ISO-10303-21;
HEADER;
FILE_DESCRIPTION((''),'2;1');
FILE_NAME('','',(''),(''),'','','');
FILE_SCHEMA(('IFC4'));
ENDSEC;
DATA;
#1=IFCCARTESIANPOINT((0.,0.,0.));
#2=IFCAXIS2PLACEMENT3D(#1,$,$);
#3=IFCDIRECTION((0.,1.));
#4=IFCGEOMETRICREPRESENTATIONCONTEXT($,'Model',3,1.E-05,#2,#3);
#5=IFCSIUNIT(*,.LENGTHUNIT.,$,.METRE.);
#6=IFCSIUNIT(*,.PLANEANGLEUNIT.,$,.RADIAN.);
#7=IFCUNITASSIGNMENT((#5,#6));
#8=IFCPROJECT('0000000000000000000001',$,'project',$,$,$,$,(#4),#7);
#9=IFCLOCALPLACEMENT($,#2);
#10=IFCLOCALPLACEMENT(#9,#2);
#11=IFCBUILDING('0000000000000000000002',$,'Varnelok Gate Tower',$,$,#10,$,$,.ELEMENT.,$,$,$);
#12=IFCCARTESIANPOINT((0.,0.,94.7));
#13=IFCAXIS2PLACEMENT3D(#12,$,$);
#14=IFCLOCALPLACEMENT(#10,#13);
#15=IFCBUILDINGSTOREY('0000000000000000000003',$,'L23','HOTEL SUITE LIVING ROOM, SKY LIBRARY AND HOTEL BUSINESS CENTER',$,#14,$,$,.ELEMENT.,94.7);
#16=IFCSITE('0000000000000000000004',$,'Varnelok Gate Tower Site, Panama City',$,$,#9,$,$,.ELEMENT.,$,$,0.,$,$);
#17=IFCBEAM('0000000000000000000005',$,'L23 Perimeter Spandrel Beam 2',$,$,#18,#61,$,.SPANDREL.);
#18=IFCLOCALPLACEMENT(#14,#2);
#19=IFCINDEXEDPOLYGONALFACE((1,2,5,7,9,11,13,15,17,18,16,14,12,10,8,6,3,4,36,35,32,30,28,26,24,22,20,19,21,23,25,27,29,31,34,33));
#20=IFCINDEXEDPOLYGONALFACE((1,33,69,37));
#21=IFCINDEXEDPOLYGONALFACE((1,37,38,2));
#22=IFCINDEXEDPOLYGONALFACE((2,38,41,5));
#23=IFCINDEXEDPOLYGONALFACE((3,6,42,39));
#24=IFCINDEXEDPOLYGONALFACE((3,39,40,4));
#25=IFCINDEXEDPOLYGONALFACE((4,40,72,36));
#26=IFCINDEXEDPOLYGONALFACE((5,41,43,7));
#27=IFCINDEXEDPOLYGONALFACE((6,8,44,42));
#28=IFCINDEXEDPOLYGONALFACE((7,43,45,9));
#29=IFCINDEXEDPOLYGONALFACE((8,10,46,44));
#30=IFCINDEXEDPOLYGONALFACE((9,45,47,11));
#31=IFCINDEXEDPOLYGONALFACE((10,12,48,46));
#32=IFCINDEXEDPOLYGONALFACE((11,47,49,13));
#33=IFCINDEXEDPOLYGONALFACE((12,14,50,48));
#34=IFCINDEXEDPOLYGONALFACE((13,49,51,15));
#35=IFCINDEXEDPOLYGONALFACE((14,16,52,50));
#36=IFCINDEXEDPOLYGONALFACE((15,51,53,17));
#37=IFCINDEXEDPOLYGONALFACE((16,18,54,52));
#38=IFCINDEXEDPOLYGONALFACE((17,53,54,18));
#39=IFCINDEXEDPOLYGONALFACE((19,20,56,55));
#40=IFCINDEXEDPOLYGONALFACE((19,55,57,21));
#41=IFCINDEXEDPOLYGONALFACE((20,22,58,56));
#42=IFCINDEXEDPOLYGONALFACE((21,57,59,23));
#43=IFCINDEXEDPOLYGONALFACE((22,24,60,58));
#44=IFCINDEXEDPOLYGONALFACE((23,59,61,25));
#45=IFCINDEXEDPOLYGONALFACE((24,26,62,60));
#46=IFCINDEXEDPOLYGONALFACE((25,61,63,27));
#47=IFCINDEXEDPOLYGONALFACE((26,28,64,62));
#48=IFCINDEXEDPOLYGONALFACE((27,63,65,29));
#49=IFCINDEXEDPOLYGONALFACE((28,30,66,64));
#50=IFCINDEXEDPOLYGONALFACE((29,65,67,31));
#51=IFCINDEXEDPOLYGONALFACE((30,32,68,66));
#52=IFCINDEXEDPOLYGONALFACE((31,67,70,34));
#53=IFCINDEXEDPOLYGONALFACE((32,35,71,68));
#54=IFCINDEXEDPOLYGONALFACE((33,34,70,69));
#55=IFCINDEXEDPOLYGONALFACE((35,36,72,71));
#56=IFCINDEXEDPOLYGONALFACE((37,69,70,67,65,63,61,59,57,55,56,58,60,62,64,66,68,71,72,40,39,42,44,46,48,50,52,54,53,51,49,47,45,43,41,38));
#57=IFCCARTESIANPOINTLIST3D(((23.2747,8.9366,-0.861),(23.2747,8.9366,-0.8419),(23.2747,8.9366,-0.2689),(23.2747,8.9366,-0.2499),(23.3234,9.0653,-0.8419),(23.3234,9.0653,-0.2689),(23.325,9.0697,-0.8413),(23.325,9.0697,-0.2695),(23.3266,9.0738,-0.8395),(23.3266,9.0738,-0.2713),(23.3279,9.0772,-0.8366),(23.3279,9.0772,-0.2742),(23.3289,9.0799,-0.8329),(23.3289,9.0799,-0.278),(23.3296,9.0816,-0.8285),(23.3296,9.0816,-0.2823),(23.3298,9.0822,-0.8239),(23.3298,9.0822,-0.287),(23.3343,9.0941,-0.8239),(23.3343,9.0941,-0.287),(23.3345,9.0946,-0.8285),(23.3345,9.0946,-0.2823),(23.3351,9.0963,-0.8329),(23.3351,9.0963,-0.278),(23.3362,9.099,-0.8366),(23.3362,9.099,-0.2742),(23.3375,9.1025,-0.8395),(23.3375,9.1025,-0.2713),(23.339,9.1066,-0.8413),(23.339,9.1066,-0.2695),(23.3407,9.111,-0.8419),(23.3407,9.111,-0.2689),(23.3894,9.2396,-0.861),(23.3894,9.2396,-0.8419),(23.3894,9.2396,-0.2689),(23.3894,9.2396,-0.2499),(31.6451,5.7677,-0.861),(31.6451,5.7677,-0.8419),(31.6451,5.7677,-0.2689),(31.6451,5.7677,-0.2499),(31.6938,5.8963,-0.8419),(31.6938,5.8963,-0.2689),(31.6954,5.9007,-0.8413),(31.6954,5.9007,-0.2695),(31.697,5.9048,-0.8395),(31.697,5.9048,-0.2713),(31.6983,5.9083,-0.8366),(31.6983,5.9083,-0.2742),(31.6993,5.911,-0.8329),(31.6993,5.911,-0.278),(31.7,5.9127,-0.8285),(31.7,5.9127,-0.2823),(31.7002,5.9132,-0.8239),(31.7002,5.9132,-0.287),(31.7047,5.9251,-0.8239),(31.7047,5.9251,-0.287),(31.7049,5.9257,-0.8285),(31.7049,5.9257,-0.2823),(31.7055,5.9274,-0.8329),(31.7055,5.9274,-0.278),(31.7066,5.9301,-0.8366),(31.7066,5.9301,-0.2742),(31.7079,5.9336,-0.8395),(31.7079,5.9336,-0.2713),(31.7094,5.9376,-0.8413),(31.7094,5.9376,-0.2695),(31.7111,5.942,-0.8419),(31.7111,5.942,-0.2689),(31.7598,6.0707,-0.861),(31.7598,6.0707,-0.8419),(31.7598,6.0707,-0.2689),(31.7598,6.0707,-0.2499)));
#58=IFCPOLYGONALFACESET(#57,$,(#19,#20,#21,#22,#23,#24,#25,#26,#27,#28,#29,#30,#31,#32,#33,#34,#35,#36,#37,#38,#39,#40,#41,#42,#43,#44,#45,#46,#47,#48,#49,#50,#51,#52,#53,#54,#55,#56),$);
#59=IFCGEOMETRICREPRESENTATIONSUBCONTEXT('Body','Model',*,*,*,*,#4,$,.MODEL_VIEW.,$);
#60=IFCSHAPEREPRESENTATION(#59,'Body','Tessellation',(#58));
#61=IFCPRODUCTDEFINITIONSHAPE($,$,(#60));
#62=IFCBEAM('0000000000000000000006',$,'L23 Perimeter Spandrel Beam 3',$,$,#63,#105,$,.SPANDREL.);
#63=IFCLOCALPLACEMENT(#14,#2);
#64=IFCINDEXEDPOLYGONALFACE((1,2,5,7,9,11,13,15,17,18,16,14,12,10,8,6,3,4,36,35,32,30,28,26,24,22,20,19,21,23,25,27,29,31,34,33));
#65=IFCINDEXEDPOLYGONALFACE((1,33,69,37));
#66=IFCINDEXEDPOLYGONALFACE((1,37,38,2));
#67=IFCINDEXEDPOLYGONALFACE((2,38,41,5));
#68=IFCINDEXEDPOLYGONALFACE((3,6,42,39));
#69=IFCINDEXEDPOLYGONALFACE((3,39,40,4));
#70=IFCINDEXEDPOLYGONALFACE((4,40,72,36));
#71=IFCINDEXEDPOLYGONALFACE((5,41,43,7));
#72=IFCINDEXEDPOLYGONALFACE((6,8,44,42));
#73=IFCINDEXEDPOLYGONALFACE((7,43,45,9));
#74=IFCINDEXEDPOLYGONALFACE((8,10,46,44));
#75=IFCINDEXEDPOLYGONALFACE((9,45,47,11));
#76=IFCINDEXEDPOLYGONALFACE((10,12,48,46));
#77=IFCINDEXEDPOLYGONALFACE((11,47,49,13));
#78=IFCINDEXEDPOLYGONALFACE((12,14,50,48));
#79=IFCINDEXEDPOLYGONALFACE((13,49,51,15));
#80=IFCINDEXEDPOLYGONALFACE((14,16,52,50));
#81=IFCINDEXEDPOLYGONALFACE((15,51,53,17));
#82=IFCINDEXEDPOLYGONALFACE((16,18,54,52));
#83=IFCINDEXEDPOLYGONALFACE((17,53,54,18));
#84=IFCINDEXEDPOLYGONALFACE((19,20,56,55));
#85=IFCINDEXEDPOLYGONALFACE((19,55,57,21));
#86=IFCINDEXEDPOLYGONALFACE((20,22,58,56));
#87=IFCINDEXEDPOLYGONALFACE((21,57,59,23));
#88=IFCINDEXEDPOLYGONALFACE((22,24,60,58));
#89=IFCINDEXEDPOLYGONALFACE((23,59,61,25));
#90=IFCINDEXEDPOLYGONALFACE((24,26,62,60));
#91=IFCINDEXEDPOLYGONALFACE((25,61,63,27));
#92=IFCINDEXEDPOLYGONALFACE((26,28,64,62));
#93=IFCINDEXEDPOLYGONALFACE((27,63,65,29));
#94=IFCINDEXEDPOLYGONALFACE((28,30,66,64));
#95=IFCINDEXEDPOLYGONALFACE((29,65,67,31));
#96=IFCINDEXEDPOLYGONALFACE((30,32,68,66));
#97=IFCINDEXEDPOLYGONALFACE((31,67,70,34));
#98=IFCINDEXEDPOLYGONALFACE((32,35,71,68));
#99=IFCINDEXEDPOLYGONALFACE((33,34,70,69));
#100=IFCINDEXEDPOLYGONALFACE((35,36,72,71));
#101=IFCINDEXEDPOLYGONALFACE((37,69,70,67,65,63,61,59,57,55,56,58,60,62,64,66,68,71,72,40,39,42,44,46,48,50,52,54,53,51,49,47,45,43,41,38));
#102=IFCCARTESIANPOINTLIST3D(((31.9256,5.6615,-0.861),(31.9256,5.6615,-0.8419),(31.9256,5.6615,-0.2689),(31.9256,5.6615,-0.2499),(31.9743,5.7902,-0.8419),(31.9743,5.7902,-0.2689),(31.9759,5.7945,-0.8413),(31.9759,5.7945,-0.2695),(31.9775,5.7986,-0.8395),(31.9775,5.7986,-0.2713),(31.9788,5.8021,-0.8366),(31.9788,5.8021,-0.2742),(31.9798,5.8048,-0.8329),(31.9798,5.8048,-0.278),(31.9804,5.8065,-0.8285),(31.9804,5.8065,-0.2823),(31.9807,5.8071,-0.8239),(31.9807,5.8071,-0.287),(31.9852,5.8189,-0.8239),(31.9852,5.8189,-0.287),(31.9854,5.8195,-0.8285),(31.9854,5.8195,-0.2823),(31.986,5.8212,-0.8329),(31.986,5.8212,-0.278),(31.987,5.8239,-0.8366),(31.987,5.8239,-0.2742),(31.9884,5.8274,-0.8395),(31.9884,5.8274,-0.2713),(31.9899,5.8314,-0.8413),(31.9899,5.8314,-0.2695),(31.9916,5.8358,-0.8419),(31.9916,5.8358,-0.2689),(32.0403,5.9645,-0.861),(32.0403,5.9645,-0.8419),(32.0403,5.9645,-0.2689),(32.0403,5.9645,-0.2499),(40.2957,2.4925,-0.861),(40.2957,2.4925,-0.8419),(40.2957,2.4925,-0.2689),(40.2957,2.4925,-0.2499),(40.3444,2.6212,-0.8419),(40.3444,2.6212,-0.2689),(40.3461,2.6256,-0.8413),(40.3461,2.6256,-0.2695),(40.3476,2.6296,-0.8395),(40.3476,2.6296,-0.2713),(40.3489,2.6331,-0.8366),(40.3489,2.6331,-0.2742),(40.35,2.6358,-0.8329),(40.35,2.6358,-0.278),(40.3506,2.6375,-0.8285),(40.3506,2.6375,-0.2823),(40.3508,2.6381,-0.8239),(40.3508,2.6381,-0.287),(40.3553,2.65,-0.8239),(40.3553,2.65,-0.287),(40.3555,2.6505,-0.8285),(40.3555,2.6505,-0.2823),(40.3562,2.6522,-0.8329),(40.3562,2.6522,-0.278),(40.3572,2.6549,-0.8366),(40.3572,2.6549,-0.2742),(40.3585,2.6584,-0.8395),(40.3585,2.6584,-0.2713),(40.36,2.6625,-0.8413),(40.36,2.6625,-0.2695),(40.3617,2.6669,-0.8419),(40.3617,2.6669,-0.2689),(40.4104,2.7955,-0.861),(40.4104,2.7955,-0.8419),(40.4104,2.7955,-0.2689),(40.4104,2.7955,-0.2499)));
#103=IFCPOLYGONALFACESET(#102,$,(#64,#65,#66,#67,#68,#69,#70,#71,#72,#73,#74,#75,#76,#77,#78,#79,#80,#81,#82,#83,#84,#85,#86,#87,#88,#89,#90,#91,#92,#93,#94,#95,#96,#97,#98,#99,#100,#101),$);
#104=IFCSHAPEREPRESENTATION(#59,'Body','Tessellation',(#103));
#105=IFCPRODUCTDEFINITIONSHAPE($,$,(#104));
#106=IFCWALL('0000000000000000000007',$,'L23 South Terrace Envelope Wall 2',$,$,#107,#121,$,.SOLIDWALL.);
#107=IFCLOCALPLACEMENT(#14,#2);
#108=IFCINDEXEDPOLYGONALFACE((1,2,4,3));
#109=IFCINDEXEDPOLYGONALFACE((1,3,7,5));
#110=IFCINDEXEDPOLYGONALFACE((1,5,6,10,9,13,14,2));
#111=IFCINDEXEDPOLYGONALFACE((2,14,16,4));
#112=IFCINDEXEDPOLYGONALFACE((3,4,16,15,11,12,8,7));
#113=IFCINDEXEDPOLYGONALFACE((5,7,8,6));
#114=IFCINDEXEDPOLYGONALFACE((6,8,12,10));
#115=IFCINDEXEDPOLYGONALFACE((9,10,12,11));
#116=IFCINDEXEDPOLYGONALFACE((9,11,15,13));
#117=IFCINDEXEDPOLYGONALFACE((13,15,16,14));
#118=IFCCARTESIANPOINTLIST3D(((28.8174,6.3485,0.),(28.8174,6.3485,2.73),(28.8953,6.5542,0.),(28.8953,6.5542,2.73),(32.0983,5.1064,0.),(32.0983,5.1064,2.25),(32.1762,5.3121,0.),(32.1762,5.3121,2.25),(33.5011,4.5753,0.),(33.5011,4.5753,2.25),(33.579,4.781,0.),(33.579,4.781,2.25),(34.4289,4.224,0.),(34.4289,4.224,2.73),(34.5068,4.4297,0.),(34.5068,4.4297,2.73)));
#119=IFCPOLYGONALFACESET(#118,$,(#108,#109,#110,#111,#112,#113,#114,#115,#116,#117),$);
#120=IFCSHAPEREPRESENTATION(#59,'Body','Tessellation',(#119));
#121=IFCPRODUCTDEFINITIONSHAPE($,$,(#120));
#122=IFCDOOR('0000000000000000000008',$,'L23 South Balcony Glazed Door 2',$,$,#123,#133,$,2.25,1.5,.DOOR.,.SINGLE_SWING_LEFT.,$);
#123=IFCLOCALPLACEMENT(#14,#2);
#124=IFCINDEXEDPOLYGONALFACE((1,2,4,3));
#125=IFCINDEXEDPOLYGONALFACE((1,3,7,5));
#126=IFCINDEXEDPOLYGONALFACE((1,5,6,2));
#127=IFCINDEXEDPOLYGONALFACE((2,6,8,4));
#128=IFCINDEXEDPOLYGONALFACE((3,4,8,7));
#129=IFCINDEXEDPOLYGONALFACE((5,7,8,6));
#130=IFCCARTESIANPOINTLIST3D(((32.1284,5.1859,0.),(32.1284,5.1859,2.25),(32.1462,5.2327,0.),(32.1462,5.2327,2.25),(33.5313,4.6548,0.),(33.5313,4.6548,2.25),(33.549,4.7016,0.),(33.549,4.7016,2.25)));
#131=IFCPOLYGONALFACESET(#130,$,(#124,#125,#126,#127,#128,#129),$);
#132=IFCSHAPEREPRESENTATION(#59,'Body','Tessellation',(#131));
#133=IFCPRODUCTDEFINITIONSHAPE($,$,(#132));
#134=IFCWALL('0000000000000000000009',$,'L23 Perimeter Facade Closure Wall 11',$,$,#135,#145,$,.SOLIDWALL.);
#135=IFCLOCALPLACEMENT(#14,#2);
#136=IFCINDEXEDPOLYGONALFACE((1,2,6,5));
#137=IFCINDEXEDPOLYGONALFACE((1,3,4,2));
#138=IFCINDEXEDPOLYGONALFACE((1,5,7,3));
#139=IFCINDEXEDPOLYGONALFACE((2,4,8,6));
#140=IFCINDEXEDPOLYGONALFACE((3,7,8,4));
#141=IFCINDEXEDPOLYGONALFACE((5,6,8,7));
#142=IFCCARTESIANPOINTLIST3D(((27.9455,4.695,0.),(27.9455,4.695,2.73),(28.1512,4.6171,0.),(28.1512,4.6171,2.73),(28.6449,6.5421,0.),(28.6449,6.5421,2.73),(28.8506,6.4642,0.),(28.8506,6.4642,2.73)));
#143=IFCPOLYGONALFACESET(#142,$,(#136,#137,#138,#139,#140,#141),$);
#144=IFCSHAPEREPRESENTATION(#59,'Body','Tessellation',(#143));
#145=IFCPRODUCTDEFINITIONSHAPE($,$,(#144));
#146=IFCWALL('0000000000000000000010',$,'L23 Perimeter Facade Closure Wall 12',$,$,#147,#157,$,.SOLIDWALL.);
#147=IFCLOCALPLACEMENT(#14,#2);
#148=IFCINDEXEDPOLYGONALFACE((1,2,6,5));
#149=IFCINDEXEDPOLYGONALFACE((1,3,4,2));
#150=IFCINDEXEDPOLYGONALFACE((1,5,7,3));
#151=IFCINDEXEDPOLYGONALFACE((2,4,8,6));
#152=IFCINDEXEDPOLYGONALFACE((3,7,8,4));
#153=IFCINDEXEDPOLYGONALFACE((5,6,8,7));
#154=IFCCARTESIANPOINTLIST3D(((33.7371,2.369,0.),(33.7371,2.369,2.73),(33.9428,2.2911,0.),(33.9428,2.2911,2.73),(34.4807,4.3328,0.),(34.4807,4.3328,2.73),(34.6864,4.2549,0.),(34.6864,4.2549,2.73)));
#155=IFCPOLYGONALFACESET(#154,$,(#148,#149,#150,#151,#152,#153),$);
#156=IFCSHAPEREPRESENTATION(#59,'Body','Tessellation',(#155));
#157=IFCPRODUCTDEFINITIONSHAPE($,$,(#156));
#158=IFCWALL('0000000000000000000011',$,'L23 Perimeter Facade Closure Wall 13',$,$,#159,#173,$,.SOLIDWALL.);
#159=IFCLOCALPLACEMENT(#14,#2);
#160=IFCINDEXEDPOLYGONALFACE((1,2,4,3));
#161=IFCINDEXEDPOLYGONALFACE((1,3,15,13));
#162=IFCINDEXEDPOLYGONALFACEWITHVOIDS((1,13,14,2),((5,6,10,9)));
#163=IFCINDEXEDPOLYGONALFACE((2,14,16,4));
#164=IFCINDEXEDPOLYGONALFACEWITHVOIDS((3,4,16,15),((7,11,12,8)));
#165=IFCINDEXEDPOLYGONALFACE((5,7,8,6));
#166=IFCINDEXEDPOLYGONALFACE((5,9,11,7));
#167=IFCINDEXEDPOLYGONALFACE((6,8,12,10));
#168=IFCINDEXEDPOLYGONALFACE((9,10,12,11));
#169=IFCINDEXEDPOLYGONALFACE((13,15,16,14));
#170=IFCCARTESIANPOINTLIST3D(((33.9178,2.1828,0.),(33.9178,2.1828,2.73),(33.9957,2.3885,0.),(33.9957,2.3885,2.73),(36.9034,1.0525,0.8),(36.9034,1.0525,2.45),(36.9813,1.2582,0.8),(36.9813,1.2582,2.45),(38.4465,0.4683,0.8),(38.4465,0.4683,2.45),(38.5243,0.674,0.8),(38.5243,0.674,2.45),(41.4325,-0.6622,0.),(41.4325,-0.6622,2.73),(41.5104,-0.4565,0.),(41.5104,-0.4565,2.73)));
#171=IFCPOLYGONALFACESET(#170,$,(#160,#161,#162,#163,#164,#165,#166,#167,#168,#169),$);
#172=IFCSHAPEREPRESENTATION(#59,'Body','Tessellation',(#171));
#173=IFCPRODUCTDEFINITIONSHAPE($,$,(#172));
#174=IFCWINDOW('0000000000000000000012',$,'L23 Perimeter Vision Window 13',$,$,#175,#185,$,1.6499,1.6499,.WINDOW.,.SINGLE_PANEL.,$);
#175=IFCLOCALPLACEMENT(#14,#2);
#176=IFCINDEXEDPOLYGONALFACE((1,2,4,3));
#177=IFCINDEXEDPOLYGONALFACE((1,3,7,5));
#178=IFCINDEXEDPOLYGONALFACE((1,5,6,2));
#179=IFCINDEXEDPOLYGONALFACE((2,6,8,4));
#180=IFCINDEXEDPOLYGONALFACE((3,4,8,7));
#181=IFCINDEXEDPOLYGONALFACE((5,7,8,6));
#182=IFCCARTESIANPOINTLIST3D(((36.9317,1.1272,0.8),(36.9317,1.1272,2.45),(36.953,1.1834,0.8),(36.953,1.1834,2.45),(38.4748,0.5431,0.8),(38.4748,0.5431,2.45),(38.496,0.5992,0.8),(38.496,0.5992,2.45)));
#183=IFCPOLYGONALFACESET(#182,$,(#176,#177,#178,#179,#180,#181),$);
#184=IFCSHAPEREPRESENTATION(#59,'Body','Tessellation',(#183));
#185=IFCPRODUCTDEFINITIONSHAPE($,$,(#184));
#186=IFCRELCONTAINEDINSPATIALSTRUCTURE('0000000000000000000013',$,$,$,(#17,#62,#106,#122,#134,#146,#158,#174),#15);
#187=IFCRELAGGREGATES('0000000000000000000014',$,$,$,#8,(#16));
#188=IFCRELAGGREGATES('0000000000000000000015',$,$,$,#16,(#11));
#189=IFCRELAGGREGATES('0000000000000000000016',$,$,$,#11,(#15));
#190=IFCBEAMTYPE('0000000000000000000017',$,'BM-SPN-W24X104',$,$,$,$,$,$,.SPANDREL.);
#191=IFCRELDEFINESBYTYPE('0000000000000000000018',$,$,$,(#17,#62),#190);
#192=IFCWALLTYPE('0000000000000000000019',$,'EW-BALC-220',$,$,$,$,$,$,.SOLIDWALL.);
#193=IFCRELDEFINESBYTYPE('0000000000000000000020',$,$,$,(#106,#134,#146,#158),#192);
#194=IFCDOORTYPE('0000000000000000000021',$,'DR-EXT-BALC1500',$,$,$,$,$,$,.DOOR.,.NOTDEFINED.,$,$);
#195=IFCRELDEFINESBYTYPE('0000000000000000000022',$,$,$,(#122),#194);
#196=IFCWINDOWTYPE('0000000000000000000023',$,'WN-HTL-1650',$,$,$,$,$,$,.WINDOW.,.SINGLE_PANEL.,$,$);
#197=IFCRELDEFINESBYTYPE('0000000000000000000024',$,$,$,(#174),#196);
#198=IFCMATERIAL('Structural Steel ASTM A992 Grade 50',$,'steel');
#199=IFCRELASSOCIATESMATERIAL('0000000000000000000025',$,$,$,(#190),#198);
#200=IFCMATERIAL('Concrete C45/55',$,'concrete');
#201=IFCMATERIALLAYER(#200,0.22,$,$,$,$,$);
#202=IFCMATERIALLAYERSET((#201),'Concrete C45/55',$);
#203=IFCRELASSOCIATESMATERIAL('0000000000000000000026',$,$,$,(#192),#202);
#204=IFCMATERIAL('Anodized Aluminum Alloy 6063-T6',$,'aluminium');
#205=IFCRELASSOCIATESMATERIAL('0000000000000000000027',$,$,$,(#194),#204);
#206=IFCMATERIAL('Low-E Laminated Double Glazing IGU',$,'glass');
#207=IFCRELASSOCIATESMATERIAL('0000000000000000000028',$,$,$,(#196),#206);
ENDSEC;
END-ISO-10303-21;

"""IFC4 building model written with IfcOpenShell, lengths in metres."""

from ifc_helpers import new_model, si_unit, direction, frame, frame_2d, origin, origin_2d, place, context, subcontext, project, spatial, rectangle, i_section, extrude, material, layer, layer_set, material_profile, profile_set, type_object, element, fill, save


model = new_model("IFC4")

# Units and contexts
model_context = context("Model", 3, precision=1e-05, world=origin(), true_north=direction((0.0, 1.0)))
body_context = subcontext(model_context, "Body", "Model", "MODEL_VIEW")
ifc_project = project(units=[si_unit("LENGTHUNIT", "METRE"), si_unit("PLANEANGLEUNIT", "RADIAN")], contexts=[model_context])

# Site, building, storey
site_placement = place(None, origin())
site = spatial("IfcSite", under=ifc_project, at=site_placement, Name="Varnelok Gate Tower Site, Panama City", CompositionType="ELEMENT", RefElevation=0.0)
building_placement = place(site_placement, origin())
building = spatial("IfcBuilding", under=site, at=building_placement, Name="Varnelok Gate Tower", CompositionType="ELEMENT")
storey_placement = place(building_placement, frame((0.0, 0.0, 94.7)))
storey = spatial("IfcBuildingStorey", under=building, at=storey_placement, Name="L23", Description="HOTEL SUITE LIVING ROOM, SKY LIBRARY AND HOTEL BUSINESS CENTER", CompositionType="ELEMENT", Elevation=94.7)

# Shared definitions
ifc_material_1 = material(Name="Structural Steel ASTM A992 Grade 50", Category="steel")

# Beams
ifc_material_profile_1 = material_profile(ifc_material_1, i_section(OverallWidth=0.324, OverallDepth=0.6111, WebThickness=0.0127, FlangeThickness=0.019, FilletRadius=0.0181, at=origin_2d()), Name="W24X104")
ifc_profile_set_1 = profile_set([ifc_material_profile_1], Name="Structural Steel ASTM A992 Grade 50")
beam_type_1 = type_object("IfcBeamType", Name="BM-SPN-W24X104", PredefinedType="SPANDREL", material=ifc_profile_set_1)
beam_1_placement = place(storey_placement, frame((23.332, 9.0881, -0.5554), z_axis=(0.93522, -0.354066, 0.0), x_axis=(0.354066, 0.93522, 0.0)))
element("IfcBeam", 1, at=beam_1_placement, inside=storey, type_object=beam_type_1, Name="L23 Perimeter Spandrel Beam 2", PredefinedType="SPANDREL", context=body_context, shape_type="SweptSolid", body=[
    extrude(i_section(OverallWidth=0.324, OverallDepth=0.6111, WebThickness=0.0127, FlangeThickness=0.019, FilletRadius=0.0181, at=origin_2d()), origin(), (0.0, 0.0, 1.0), 8.9502),
])
beam_2_placement = place(storey_placement, frame((31.9829, 5.813, -0.5554), z_axis=(0.935217, -0.354075, 0.0), x_axis=(0.354075, 0.935217, 0.0)))
element("IfcBeam", 2, at=beam_2_placement, inside=storey, type_object=beam_type_1, Name="L23 Perimeter Spandrel Beam 3", PredefinedType="SPANDREL", context=body_context, shape_type="SweptSolid", body=[
    extrude(i_section(OverallWidth=0.324, OverallDepth=0.6111, WebThickness=0.0127, FlangeThickness=0.019, FilletRadius=0.0181, at=origin_2d()), origin(), (0.0, 0.0, 1.0), 8.95),
])

# Wall, opening, door
ifc_material_2 = material(Name="Concrete C45/55", Category="concrete")
ifc_layer_1 = layer(ifc_material_2, 0.22)
ifc_layer_set_1 = layer_set([ifc_layer_1], Name="Concrete C45/55")
wall_type_1 = type_object("IfcWallType", Name="EW-BALC-220", PredefinedType="SOLIDWALL", material=ifc_layer_set_1)
wall_1_placement = place(storey_placement, frame((34.4678, 4.3269, 0.0), z_axis=(0.0, 0.0, 1.0), x_axis=(-0.935219, 0.354069, 0.0)))
wall_1 = element("IfcWall", 3, at=wall_1_placement, inside=storey, type_object=wall_type_1, Name="L23 South Terrace Envelope Wall 2", PredefinedType="SOLIDWALL", context=body_context, shape_type="SweptSolid", body=[
    extrude(rectangle(XDim=6.0002, YDim=0.22, at=frame_2d((3.0, 0.0))), origin(), (0.0, 0.0, 1.0), 2.73),
])
opening_1_placement = place(wall_1_placement, frame((0.9919, 0.0, 0.0)))
opening_1 = element("IfcOpeningElement", 4, at=opening_1_placement, cuts=wall_1, PredefinedType="OPENING", context=body_context, shape_type="SweptSolid", body=[
    extrude(rectangle(XDim=1.5, YDim=2.25, at=frame_2d((0.75, 1.125))), frame((0.0, 0.1199, 0.0), z_axis=(0.0, -1.0, 0.0), x_axis=(1.0, 0.0, 0.0)), (0.0, 0.0, 1.0), 0.24),
])
ifc_material_3 = material(Name="Anodized Aluminum Alloy 6063-T6", Category="aluminium")
door_type_1 = type_object("IfcDoorType", Name="DR-EXT-BALC1500", OperationType="NOTDEFINED", PredefinedType="DOOR", material=ifc_material_3)
door_1_placement = place(opening_1_placement, origin())
door_1 = element("IfcDoor", 5, at=door_1_placement, inside=storey, type_object=door_type_1, Name="L23 South Balcony Glazed Door 2", OperationType="SINGLE_SWING_LEFT", OverallHeight=2.25, OverallWidth=1.5, PredefinedType="DOOR", context=body_context, shape_type="SweptSolid", body=[
    extrude(rectangle(XDim=1.5, YDim=2.25, at=frame_2d((0.75, 1.125))), frame((0.0, 0.0249, 0.0), z_axis=(0.0, -1.0, 0.0), x_axis=(1.0, 0.0, 0.0)), (0.0, 0.0, 1.0), 0.05),
])
fill(opening_1, door_1)

# Walls
wall_2_placement = place(storey_placement, frame((28.0483, 4.656, 0.0), z_axis=(0.0, 0.0, 1.0), x_axis=(0.354129, 0.935197, 0.0)))
element("IfcWall", 6, at=wall_2_placement, inside=storey, type_object=wall_type_1, Name="L23 Perimeter Facade Closure Wall 11", PredefinedType="SOLIDWALL", context=body_context, shape_type="SweptSolid", body=[
    extrude(rectangle(XDim=1.9751, YDim=0.22, at=frame_2d((0.9875, 0.0))), origin(), (0.0, 0.0, 1.0), 2.73),
])
wall_3_placement = place(storey_placement, frame((34.5835, 4.2937, 0.0), z_axis=(0.0, 0.0, 1.0), x_axis=(-0.354128, -0.935197, 0.0)))
element("IfcWall", 7, at=wall_3_placement, inside=storey, type_object=wall_type_1, Name="L23 Perimeter Facade Closure Wall 12", PredefinedType="SOLIDWALL", context=body_context, shape_type="SweptSolid", body=[
    extrude(rectangle(XDim=2.0999, YDim=0.22, at=frame_2d((1.0498, 0.0))), origin(), (0.0, 0.0, 1.0), 2.73),
])

# Wall, opening, window
wall_4_placement = place(storey_placement, frame((33.9568, 2.2856, 0.0), z_axis=(0.0, 0.0, 1.0), x_axis=(0.935221, -0.354065, 0.0)))
wall_4 = element("IfcWall", 8, at=wall_4_placement, inside=storey, type_object=wall_type_1, Name="L23 Perimeter Facade Closure Wall 13", PredefinedType="SOLIDWALL", context=body_context, shape_type="SweptSolid", body=[
    extrude(rectangle(XDim=8.0352, YDim=0.22, at=frame_2d((4.0176, 0.0))), origin(), (0.0, 0.0, 1.0), 2.73),
])
opening_2_placement = place(wall_4_placement, frame((3.1924, 0.0, 0.8)))
opening_2 = element("IfcOpeningElement", 9, at=opening_2_placement, cuts=wall_4, PredefinedType="OPENING", context=body_context, shape_type="SweptSolid", body=[
    extrude(rectangle(XDim=1.6499, YDim=1.6499, at=frame_2d((0.825, 0.825))), frame((0.0, 0.1199, 0.0), z_axis=(0.0, -1.0, 0.0), x_axis=(1.0, 0.0, 0.0)), (0.0, 0.0, 1.0), 0.24),
])
ifc_material_4 = material(Name="Low-E Laminated Double Glazing IGU", Category="glass")
window_type = type_object("IfcWindowType", Name="WN-HTL-1650", PartitioningType="SINGLE_PANEL", PredefinedType="WINDOW", material=ifc_material_4)
window_placement = place(opening_2_placement, origin())
window = element("IfcWindow", 10, at=window_placement, inside=storey, type_object=window_type, Name="L23 Perimeter Vision Window 13", OverallHeight=1.6499, OverallWidth=1.6499, PartitioningType="SINGLE_PANEL", PredefinedType="WINDOW", context=body_context, shape_type="SweptSolid", body=[
    extrude(rectangle(XDim=1.6499, YDim=1.6499, at=frame_2d((0.825, 0.825))), frame((0.0, 0.03, 0.0), z_axis=(0.0, -1.0, 0.0), x_axis=(1.0, 0.0, 0.0)), (0.0, 0.0, 1.0), 0.0601),
])
fill(opening_2, window)

save(model, "model.ifc")
